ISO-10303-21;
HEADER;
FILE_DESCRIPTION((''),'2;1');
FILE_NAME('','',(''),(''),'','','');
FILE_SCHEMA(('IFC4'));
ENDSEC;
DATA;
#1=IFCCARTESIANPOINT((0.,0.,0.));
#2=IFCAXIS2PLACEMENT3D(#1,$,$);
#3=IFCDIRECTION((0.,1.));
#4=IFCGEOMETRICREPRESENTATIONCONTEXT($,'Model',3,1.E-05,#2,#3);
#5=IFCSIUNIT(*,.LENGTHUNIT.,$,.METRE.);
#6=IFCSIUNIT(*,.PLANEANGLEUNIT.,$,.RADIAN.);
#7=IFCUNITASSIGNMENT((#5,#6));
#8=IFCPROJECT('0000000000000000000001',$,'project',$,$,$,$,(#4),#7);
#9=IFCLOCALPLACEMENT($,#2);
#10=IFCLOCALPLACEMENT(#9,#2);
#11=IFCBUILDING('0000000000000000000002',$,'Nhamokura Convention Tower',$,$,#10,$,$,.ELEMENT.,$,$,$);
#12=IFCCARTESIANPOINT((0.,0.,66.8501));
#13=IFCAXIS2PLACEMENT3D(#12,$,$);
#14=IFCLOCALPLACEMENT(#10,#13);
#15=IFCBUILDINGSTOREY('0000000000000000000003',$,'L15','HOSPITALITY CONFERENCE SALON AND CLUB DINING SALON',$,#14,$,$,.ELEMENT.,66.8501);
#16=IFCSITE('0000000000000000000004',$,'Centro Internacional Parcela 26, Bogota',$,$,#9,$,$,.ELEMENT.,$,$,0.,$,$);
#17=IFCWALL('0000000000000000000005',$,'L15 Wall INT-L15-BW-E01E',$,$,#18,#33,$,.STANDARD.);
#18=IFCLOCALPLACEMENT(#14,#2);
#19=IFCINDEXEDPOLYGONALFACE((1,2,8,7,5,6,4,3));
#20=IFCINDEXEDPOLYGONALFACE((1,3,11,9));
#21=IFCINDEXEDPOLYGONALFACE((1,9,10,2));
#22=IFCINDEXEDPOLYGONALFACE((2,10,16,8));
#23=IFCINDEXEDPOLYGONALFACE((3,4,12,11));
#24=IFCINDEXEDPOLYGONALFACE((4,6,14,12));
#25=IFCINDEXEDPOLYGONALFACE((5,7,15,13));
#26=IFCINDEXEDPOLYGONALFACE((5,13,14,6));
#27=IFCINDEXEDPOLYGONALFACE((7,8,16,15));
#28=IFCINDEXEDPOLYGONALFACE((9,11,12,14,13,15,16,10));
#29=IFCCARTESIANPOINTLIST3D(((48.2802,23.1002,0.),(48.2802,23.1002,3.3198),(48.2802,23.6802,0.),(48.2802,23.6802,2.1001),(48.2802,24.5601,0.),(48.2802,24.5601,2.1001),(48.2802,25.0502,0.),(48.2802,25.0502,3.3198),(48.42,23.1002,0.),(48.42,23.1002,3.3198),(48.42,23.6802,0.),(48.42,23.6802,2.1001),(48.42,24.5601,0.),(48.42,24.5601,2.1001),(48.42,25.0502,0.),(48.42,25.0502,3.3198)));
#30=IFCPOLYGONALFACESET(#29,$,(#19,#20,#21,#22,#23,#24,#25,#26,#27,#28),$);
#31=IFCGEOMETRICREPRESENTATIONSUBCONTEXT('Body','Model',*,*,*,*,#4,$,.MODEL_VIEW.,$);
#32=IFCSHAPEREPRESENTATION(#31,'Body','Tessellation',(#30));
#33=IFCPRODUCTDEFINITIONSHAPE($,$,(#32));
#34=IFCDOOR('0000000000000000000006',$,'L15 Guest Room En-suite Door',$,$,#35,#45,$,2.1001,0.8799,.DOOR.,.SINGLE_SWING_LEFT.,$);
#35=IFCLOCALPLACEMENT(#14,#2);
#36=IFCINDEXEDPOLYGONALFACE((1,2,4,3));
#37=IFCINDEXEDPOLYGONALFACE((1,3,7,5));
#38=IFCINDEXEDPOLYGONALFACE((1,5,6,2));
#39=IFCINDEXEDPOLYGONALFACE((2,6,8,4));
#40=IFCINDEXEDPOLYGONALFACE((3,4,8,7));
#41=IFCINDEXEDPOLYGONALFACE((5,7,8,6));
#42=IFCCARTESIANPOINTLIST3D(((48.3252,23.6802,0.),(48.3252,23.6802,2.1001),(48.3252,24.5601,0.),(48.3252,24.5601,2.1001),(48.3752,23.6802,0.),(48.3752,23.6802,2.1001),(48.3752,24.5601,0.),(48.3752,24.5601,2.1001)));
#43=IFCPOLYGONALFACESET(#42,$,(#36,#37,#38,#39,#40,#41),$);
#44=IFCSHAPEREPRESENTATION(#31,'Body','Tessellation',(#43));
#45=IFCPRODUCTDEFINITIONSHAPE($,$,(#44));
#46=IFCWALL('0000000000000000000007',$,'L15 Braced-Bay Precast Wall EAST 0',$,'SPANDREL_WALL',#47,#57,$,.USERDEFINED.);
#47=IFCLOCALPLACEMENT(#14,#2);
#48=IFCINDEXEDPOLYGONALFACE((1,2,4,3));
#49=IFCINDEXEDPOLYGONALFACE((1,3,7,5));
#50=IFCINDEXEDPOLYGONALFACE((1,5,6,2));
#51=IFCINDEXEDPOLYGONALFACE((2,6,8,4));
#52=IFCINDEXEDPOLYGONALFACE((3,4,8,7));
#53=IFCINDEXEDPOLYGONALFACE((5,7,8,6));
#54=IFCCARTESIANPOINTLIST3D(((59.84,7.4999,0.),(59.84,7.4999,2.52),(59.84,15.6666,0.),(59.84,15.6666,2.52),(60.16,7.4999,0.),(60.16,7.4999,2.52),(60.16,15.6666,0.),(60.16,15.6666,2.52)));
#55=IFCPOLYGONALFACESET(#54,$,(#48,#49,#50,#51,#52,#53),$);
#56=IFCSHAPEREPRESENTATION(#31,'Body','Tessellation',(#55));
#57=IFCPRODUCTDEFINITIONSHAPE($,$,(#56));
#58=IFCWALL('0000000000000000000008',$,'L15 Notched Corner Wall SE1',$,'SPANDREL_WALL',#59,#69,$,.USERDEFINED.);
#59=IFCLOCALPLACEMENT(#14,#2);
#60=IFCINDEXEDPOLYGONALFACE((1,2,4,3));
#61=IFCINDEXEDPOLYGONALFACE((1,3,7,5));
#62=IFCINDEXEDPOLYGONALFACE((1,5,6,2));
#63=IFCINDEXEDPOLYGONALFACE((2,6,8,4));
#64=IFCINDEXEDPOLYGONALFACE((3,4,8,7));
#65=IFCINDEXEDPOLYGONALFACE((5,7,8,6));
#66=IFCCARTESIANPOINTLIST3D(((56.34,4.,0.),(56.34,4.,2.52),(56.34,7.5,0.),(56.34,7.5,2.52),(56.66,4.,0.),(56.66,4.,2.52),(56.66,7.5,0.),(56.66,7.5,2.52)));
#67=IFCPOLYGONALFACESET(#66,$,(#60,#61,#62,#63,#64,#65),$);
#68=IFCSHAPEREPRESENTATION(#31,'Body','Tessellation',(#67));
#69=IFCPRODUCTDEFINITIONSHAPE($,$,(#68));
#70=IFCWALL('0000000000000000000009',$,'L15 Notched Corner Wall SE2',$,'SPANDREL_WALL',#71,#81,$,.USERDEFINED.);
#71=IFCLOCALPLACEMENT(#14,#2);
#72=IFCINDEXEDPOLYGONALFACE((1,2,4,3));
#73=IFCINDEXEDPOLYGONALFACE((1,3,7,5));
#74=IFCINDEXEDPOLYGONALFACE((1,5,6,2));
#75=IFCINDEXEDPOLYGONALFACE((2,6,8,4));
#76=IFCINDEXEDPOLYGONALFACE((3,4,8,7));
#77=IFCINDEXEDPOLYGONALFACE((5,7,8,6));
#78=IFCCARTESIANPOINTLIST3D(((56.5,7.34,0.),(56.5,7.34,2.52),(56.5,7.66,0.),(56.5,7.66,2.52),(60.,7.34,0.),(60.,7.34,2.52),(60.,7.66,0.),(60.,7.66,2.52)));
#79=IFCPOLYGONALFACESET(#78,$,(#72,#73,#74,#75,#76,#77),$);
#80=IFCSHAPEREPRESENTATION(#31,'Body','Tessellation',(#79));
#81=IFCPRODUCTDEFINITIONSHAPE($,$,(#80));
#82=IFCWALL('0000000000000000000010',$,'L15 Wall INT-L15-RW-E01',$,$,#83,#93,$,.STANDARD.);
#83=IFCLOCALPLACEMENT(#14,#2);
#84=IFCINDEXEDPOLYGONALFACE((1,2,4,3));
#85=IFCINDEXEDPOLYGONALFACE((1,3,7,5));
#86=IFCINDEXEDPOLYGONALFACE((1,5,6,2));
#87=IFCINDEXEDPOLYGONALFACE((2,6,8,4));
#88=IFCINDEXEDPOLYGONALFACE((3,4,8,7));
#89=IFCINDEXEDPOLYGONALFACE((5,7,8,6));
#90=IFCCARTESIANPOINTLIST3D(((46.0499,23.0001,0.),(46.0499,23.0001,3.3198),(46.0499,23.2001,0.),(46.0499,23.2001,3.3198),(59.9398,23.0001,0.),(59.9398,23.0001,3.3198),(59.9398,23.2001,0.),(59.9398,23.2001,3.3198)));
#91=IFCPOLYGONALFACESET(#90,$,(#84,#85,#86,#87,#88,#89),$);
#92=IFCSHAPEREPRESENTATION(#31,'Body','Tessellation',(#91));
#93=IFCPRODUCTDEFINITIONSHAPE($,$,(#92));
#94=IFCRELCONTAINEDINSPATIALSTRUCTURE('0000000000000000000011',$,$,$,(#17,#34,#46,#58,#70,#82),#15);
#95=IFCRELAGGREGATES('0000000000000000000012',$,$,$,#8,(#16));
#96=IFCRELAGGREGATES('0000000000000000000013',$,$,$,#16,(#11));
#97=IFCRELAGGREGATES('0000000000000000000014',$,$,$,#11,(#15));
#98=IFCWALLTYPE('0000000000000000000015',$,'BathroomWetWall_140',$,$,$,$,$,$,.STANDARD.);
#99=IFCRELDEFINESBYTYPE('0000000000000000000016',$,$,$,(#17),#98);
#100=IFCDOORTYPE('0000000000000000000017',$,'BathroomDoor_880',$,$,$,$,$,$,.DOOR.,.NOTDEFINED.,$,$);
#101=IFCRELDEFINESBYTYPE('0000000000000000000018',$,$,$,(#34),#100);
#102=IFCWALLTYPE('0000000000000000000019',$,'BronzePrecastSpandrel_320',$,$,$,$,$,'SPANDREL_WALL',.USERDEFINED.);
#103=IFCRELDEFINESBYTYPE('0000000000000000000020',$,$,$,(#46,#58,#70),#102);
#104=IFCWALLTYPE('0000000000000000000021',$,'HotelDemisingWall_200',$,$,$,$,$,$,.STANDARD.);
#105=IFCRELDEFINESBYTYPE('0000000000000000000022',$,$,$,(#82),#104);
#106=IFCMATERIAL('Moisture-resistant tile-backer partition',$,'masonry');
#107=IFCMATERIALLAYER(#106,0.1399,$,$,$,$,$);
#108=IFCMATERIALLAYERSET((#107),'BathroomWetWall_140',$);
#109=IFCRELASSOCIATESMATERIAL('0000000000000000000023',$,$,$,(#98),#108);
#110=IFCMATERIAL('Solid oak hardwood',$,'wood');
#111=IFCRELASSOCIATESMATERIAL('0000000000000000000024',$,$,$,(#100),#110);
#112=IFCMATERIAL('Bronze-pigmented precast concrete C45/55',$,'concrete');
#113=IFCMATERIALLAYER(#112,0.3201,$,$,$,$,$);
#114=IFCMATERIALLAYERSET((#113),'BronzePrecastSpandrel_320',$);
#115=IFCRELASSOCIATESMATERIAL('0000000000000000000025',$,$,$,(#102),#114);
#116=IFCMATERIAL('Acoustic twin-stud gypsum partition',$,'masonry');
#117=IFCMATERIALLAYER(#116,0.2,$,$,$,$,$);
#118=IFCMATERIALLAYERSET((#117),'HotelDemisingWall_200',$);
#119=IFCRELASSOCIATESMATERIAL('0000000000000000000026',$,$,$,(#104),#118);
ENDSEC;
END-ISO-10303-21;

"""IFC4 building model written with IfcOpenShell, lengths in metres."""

from ifc_helpers import new_model, si_unit, direction, frame, frame_2d, origin, place, context, subcontext, project, spatial, rectangle, extrude, material, layer, layer_set, type_object, element, fill, save


model = new_model("IFC4")

# Units and contexts
model_context = context("Model", 3, precision=1e-05, world=origin(), true_north=direction((0.0, 1.0)))
body_context = subcontext(model_context, "Body", "Model", "MODEL_VIEW")
ifc_project = project(units=[si_unit("LENGTHUNIT", "METRE"), si_unit("PLANEANGLEUNIT", "RADIAN")], contexts=[model_context])

# Site, building, storey
site_placement = place(None, origin())
site = spatial("IfcSite", under=ifc_project, at=site_placement, Name="Centro Internacional Parcela 26, Bogota", CompositionType="ELEMENT", RefElevation=0.0)
building_placement = place(site_placement, origin())
building = spatial("IfcBuilding", under=site, at=building_placement, Name="Nhamokura Convention Tower", CompositionType="ELEMENT")
storey_placement = place(building_placement, frame((0.0, 0.0, 66.8501)))
storey = spatial("IfcBuildingStorey", under=building, at=storey_placement, Name="L15", Description="HOSPITALITY CONFERENCE SALON AND CLUB DINING SALON", CompositionType="ELEMENT", Elevation=66.8501)

# Shared definitions
ifc_material_1 = material(Name="Moisture-resistant tile-backer partition", Category="masonry")
ifc_layer_1 = layer(ifc_material_1, 0.1399)
ifc_layer_set_1 = layer_set([ifc_layer_1], Name="BathroomWetWall_140")
wall_type_1 = type_object("IfcWallType", Name="BathroomWetWall_140", PredefinedType="STANDARD", material=ifc_layer_set_1)

# Wall, opening, door
ifc_material_2 = material(Name="Solid oak hardwood", Category="wood")
door_type_1 = type_object("IfcDoorType", Name="BathroomDoor_880", OperationType="NOTDEFINED", PredefinedType="DOOR", material=ifc_material_2)
wall_1_placement = place(storey_placement, frame((48.3501, 23.1001, 0.0), z_axis=(0.0, 0.0, 1.0), x_axis=(0.0, 1.0, 0.0)))
wall_1 = element("IfcWall", 1, at=wall_1_placement, inside=storey, type_object=wall_type_1, Name="L15 Wall INT-L15-BW-E01E", PredefinedType="STANDARD", context=body_context, shape_type="SweptSolid", body=[
    extrude(rectangle(XDim=1.95, YDim=0.1399, at=frame_2d((0.9751, 0.0))), origin(), (0.0, 0.0, 1.0), 3.3198),
])
opening_1_placement = place(wall_1_placement, frame((0.5801, 0.0, 0.0)))
opening_1 = element("IfcOpeningElement", 2, at=opening_1_placement, cuts=wall_1, PredefinedType="OPENING", context=body_context, shape_type="SweptSolid", body=[
    extrude(rectangle(XDim=0.8799, YDim=2.1001, at=frame_2d((0.4399, 1.05))), frame((0.0, 0.0798, 0.0), z_axis=(0.0, -1.0, 0.0), x_axis=(1.0, 0.0, 0.0)), (0.0, 0.0, 1.0), 0.1599),
])
door_1_placement = place(opening_1_placement, origin())
door_1 = element("IfcDoor", 3, at=door_1_placement, inside=storey, type_object=door_type_1, Name="L15 Guest Room En-suite Door", OperationType="SINGLE_SWING_LEFT", OverallHeight=2.1001, OverallWidth=0.8799, PredefinedType="DOOR", context=body_context, shape_type="SweptSolid", body=[
    extrude(rectangle(XDim=0.8799, YDim=2.1001, at=frame_2d((0.4399, 1.05))), frame((0.0, 0.0249, 0.0), z_axis=(0.0, -1.0, 0.0), x_axis=(1.0, 0.0, 0.0)), (0.0, 0.0, 1.0), 0.05),
])
fill(opening_1, door_1)

# Walls
ifc_material_3 = material(Name="Bronze-pigmented precast concrete C45/55", Category="concrete")
ifc_layer_2 = layer(ifc_material_3, 0.3201)
ifc_layer_set_2 = layer_set([ifc_layer_2], Name="BronzePrecastSpandrel_320")
wall_type_2 = type_object("IfcWallType", Name="BronzePrecastSpandrel_320", ElementType="SPANDREL_WALL", PredefinedType="USERDEFINED", material=ifc_layer_set_2)
wall_2_placement = place(storey_placement, frame((60.0, 15.6667, 0.0), z_axis=(0.0, 0.0, 1.0), x_axis=(0.0, -1.0, 0.0)))
element("IfcWall", 4, at=wall_2_placement, inside=storey, type_object=wall_type_2, Name="L15 Braced-Bay Precast Wall EAST 0", ObjectType="SPANDREL_WALL", PredefinedType="USERDEFINED", context=body_context, shape_type="SweptSolid", body=[
    extrude(rectangle(XDim=8.1667, YDim=0.3201, at=frame_2d((4.0835, 0.0))), origin(), (0.0, 0.0, 1.0), 2.52),
])
for number, where, z_axis, x_axis, name in (
    (5, (56.5, 7.5, 0.0), (0.0, 0.0, 1.0), (0.0, -1.0, 0.0), "L15 Notched Corner Wall SE1"),
    (6, (60.0, 7.5, 0.0), (0.0, 0.0, 1.0), (-1.0, 0.0, 0.0), "L15 Notched Corner Wall SE2"),
):
    element("IfcWall", number, at=place(storey_placement, frame(where, z_axis=z_axis, x_axis=x_axis)), inside=storey, type_object=wall_type_2, Name=name, ObjectType="SPANDREL_WALL", PredefinedType="USERDEFINED", context=body_context, shape_type="SweptSolid", body=[
        extrude(rectangle(XDim=3.5, YDim=0.3201, at=frame_2d((1.75, 0.0))), origin(), (0.0, 0.0, 1.0), 2.52),
    ])

# Wall
ifc_material_4 = material(Name="Acoustic twin-stud gypsum partition", Category="masonry")
ifc_layer_3 = layer(ifc_material_4, 0.2)
ifc_layer_set_3 = layer_set([ifc_layer_3], Name="HotelDemisingWall_200")
wall_type_3 = type_object("IfcWallType", Name="HotelDemisingWall_200", PredefinedType="STANDARD", material=ifc_layer_set_3)
wall_3_placement = place(storey_placement, frame((46.05, 23.1001, 0.0), z_axis=(0.0, 0.0, 1.0), x_axis=(1.0, 0.0, 0.0)))
element("IfcWall", 7, at=wall_3_placement, inside=storey, type_object=wall_type_3, Name="L15 Wall INT-L15-RW-E01", PredefinedType="STANDARD", context=body_context, shape_type="SweptSolid", body=[
    extrude(rectangle(XDim=13.8899, YDim=0.2, at=frame_2d((6.9448, 0.0))), origin(), (0.0, 0.0, 1.0), 3.3198),
])

save(model, "model.ifc")
